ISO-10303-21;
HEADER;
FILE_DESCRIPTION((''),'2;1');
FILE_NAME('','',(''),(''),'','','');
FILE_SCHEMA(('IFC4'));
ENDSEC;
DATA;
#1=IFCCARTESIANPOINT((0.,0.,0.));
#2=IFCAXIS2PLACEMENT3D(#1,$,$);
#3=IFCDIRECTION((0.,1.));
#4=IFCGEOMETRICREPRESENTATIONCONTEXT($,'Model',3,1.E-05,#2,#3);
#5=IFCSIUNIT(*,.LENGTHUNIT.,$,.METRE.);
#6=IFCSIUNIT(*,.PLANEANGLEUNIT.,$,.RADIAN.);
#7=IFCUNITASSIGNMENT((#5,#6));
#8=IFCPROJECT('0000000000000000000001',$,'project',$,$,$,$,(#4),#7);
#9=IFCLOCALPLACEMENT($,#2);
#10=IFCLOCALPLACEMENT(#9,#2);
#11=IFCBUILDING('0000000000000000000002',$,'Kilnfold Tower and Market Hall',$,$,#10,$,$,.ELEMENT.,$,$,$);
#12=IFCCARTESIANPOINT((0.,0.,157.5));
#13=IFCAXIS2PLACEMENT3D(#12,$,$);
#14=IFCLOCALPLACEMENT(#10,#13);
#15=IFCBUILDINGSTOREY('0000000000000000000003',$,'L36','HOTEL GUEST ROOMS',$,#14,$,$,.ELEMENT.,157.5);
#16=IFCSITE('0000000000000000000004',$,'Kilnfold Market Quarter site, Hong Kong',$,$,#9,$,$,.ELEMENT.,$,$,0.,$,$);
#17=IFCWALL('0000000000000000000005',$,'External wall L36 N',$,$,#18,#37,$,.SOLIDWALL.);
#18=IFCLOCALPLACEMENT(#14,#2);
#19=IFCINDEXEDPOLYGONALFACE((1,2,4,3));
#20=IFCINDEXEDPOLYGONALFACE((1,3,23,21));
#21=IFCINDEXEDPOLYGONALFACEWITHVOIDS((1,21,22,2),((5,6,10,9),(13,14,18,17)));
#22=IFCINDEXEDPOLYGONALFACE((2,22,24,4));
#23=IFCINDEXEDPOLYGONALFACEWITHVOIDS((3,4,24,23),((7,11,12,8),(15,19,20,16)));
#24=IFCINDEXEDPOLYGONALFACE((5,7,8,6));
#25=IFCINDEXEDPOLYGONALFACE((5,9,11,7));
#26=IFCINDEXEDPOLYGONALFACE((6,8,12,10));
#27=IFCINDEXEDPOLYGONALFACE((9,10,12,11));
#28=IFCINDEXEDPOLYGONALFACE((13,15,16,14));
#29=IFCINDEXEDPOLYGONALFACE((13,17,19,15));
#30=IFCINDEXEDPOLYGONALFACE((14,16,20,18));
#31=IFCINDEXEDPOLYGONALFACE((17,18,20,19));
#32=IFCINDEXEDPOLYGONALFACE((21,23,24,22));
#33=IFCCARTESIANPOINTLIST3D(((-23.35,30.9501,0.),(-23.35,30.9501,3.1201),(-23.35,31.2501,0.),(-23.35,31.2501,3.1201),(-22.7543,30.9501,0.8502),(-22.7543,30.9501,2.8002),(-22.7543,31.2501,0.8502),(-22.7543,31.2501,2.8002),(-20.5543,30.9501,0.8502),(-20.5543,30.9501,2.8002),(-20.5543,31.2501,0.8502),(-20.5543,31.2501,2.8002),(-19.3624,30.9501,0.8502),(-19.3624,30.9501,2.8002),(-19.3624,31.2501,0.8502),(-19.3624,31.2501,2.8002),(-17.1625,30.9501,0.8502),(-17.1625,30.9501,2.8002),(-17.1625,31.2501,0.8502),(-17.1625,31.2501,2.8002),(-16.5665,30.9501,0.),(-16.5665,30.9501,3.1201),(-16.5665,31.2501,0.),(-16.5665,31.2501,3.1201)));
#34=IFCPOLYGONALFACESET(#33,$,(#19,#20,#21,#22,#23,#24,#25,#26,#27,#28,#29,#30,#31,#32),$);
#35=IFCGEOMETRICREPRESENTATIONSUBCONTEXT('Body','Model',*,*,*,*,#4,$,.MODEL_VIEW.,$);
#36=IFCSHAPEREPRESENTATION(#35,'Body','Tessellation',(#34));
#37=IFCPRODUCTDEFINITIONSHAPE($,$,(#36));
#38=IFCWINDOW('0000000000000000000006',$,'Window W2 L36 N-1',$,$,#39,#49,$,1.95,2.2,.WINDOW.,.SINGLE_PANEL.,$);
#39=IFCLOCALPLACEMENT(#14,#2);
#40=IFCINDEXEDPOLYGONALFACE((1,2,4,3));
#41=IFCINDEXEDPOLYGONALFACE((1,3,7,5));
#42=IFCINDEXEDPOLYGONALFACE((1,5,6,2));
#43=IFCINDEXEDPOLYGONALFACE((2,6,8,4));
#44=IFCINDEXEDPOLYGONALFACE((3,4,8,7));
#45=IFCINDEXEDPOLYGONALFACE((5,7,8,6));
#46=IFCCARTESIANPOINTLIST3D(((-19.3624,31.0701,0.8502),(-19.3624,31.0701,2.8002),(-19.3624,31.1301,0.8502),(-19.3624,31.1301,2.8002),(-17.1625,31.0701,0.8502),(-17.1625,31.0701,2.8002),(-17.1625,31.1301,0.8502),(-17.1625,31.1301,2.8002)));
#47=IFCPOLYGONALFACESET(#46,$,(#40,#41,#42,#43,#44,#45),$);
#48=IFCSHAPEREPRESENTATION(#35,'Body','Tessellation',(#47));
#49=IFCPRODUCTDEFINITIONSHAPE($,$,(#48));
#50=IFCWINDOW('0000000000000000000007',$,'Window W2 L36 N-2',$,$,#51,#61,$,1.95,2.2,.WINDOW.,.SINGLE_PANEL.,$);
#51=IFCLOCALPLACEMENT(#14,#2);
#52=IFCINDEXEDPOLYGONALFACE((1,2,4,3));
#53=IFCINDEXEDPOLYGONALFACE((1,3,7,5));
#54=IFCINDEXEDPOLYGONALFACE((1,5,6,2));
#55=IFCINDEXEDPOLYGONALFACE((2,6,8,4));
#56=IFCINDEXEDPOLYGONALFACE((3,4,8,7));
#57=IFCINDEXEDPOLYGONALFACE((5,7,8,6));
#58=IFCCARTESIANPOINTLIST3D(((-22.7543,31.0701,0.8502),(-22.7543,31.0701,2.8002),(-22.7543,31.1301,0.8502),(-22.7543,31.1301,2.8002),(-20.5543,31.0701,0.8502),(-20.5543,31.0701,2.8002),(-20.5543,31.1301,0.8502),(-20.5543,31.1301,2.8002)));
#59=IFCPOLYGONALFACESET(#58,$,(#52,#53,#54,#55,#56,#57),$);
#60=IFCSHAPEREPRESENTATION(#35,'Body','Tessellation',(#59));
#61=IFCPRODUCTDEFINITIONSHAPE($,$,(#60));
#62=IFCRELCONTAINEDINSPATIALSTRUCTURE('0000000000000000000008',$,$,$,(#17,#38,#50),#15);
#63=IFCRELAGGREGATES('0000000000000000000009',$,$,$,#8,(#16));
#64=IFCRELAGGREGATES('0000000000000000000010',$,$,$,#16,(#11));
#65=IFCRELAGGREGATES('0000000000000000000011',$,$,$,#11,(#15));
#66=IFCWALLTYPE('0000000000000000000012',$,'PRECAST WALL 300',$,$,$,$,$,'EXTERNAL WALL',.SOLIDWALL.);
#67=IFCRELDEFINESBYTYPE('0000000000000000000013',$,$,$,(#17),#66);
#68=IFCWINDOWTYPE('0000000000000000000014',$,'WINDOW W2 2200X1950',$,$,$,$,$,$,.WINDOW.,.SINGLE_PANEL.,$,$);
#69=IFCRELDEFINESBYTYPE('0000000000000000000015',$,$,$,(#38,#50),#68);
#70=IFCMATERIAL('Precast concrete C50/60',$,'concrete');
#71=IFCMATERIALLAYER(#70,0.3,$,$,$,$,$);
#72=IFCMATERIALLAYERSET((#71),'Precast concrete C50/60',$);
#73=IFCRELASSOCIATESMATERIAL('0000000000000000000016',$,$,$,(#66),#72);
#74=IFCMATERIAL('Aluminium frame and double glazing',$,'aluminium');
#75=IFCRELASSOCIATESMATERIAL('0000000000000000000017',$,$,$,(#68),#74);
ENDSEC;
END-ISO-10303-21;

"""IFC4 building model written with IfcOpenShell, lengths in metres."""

from ifc_helpers import new_model, si_unit, direction, frame, frame_2d, origin, place, context, subcontext, project, spatial, rectangle, extrude, source, transform, mapped, material, layer, layer_set, type_object, element, fill, save


model = new_model("IFC4")

# Units and contexts
model_context = context("Model", 3, precision=1e-05, world=origin(), true_north=direction((0.0, 1.0)))
body_context = subcontext(model_context, "Body", "Model", "MODEL_VIEW")
ifc_project = project(units=[si_unit("LENGTHUNIT", "METRE"), si_unit("PLANEANGLEUNIT", "RADIAN")], contexts=[model_context])

# Site, building, storey
site_placement = place(None, origin())
site = spatial("IfcSite", under=ifc_project, at=site_placement, Name="Kilnfold Market Quarter site, Hong Kong", CompositionType="ELEMENT", RefElevation=0.0)
building_placement = place(site_placement, origin())
building = spatial("IfcBuilding", under=site, at=building_placement, Name="Kilnfold Tower and Market Hall", CompositionType="ELEMENT")
storey_placement = place(building_placement, frame((0.0, 0.0, 157.5)))
storey = spatial("IfcBuildingStorey", under=building, at=storey_placement, Name="L36", Description="HOTEL GUEST ROOMS", CompositionType="ELEMENT", Elevation=157.5)

# Wall, openings, windows
ifc_material_1 = material(Name="Precast concrete C50/60", Category="concrete")
ifc_layer_1 = layer(ifc_material_1, 0.3)
ifc_layer_set_1 = layer_set([ifc_layer_1], Name="Precast concrete C50/60")
wall_type_1 = type_object("IfcWallType", Name="PRECAST WALL 300", ElementType="EXTERNAL WALL", PredefinedType="SOLIDWALL", material=ifc_layer_set_1)
shared_shape_1 = source(origin(), body_context, "Body", "SweptSolid", [
    extrude(rectangle(XDim=6.7834, YDim=0.3, at=frame_2d((3.3916, 0.0))), origin(), (0.0, 0.0, 1.0), 3.1201),
])
wall_1_placement = place(storey_placement, frame((-16.5667, 31.1001, 0.0), z_axis=(0.0, 0.0, 1.0), x_axis=(-1.0, 0.0, 0.0)))
wall_1 = element("IfcWall", 1, at=wall_1_placement, inside=storey, type_object=wall_type_1, Name="External wall L36 N", PredefinedType="SOLIDWALL", context=body_context, shape_type="MappedRepresentation", body=[
    mapped(shared_shape_1, transform((0.0, 0.0, 0.0))),
])
opening_1_placement = place(wall_1_placement, frame((0.5957, 0.0, 0.8501)))
opening_1 = element("IfcOpeningElement", 2, at=opening_1_placement, cuts=wall_1, PredefinedType="OPENING", context=body_context, shape_type="SweptSolid", body=[
    extrude(rectangle(XDim=2.2, YDim=1.95, at=frame_2d((1.1001, 0.9751))), frame((0.0, 0.1602, 0.0), z_axis=(0.0, -1.0, 0.0), x_axis=(1.0, 0.0, 0.0)), (0.0, 0.0, 1.0), 0.3201),
])
opening_2_placement = place(wall_1_placement, frame((3.9875, 0.0, 0.8501)))
opening_2 = element("IfcOpeningElement", 3, at=opening_2_placement, cuts=wall_1, PredefinedType="OPENING", context=body_context, shape_type="SweptSolid", body=[
    extrude(rectangle(XDim=2.2, YDim=1.95, at=frame_2d((1.1001, 0.9751))), frame((0.0, 0.1602, 0.0), z_axis=(0.0, -1.0, 0.0), x_axis=(1.0, 0.0, 0.0)), (0.0, 0.0, 1.0), 0.3201),
])
ifc_material_2 = material(Name="Aluminium frame and double glazing", Category="aluminium")
window_type = type_object("IfcWindowType", Name="WINDOW W2 2200X1950", PartitioningType="SINGLE_PANEL", PredefinedType="WINDOW", material=ifc_material_2)
window_1_placement = place(opening_1_placement, origin())
window_1 = element("IfcWindow", 4, at=window_1_placement, inside=storey, type_object=window_type, Name="Window W2 L36 N-1", OverallHeight=1.95, OverallWidth=2.2, PartitioningType="SINGLE_PANEL", PredefinedType="WINDOW", context=body_context, shape_type="SweptSolid", body=[
    extrude(rectangle(XDim=2.2, YDim=1.95, at=frame_2d((1.1001, 0.9751))), frame((0.0, 0.03, 0.0), z_axis=(0.0, -1.0, 0.0), x_axis=(1.0, 0.0, 0.0)), (0.0, 0.0, 1.0), 0.0601),
])
fill(opening_1, window_1)
window_2_placement = place(opening_2_placement, origin())
window_2 = element("IfcWindow", 5, at=window_2_placement, inside=storey, type_object=window_type, Name="Window W2 L36 N-2", OverallHeight=1.95, OverallWidth=2.2, PartitioningType="SINGLE_PANEL", PredefinedType="WINDOW", context=body_context, shape_type="SweptSolid", body=[
    extrude(rectangle(XDim=2.2, YDim=1.95, at=frame_2d((1.1001, 0.9751))), frame((0.0, 0.03, 0.0), z_axis=(0.0, -1.0, 0.0), x_axis=(1.0, 0.0, 0.0)), (0.0, 0.0, 1.0), 0.0601),
])
fill(opening_2, window_2)

save(model, "model.ifc")
